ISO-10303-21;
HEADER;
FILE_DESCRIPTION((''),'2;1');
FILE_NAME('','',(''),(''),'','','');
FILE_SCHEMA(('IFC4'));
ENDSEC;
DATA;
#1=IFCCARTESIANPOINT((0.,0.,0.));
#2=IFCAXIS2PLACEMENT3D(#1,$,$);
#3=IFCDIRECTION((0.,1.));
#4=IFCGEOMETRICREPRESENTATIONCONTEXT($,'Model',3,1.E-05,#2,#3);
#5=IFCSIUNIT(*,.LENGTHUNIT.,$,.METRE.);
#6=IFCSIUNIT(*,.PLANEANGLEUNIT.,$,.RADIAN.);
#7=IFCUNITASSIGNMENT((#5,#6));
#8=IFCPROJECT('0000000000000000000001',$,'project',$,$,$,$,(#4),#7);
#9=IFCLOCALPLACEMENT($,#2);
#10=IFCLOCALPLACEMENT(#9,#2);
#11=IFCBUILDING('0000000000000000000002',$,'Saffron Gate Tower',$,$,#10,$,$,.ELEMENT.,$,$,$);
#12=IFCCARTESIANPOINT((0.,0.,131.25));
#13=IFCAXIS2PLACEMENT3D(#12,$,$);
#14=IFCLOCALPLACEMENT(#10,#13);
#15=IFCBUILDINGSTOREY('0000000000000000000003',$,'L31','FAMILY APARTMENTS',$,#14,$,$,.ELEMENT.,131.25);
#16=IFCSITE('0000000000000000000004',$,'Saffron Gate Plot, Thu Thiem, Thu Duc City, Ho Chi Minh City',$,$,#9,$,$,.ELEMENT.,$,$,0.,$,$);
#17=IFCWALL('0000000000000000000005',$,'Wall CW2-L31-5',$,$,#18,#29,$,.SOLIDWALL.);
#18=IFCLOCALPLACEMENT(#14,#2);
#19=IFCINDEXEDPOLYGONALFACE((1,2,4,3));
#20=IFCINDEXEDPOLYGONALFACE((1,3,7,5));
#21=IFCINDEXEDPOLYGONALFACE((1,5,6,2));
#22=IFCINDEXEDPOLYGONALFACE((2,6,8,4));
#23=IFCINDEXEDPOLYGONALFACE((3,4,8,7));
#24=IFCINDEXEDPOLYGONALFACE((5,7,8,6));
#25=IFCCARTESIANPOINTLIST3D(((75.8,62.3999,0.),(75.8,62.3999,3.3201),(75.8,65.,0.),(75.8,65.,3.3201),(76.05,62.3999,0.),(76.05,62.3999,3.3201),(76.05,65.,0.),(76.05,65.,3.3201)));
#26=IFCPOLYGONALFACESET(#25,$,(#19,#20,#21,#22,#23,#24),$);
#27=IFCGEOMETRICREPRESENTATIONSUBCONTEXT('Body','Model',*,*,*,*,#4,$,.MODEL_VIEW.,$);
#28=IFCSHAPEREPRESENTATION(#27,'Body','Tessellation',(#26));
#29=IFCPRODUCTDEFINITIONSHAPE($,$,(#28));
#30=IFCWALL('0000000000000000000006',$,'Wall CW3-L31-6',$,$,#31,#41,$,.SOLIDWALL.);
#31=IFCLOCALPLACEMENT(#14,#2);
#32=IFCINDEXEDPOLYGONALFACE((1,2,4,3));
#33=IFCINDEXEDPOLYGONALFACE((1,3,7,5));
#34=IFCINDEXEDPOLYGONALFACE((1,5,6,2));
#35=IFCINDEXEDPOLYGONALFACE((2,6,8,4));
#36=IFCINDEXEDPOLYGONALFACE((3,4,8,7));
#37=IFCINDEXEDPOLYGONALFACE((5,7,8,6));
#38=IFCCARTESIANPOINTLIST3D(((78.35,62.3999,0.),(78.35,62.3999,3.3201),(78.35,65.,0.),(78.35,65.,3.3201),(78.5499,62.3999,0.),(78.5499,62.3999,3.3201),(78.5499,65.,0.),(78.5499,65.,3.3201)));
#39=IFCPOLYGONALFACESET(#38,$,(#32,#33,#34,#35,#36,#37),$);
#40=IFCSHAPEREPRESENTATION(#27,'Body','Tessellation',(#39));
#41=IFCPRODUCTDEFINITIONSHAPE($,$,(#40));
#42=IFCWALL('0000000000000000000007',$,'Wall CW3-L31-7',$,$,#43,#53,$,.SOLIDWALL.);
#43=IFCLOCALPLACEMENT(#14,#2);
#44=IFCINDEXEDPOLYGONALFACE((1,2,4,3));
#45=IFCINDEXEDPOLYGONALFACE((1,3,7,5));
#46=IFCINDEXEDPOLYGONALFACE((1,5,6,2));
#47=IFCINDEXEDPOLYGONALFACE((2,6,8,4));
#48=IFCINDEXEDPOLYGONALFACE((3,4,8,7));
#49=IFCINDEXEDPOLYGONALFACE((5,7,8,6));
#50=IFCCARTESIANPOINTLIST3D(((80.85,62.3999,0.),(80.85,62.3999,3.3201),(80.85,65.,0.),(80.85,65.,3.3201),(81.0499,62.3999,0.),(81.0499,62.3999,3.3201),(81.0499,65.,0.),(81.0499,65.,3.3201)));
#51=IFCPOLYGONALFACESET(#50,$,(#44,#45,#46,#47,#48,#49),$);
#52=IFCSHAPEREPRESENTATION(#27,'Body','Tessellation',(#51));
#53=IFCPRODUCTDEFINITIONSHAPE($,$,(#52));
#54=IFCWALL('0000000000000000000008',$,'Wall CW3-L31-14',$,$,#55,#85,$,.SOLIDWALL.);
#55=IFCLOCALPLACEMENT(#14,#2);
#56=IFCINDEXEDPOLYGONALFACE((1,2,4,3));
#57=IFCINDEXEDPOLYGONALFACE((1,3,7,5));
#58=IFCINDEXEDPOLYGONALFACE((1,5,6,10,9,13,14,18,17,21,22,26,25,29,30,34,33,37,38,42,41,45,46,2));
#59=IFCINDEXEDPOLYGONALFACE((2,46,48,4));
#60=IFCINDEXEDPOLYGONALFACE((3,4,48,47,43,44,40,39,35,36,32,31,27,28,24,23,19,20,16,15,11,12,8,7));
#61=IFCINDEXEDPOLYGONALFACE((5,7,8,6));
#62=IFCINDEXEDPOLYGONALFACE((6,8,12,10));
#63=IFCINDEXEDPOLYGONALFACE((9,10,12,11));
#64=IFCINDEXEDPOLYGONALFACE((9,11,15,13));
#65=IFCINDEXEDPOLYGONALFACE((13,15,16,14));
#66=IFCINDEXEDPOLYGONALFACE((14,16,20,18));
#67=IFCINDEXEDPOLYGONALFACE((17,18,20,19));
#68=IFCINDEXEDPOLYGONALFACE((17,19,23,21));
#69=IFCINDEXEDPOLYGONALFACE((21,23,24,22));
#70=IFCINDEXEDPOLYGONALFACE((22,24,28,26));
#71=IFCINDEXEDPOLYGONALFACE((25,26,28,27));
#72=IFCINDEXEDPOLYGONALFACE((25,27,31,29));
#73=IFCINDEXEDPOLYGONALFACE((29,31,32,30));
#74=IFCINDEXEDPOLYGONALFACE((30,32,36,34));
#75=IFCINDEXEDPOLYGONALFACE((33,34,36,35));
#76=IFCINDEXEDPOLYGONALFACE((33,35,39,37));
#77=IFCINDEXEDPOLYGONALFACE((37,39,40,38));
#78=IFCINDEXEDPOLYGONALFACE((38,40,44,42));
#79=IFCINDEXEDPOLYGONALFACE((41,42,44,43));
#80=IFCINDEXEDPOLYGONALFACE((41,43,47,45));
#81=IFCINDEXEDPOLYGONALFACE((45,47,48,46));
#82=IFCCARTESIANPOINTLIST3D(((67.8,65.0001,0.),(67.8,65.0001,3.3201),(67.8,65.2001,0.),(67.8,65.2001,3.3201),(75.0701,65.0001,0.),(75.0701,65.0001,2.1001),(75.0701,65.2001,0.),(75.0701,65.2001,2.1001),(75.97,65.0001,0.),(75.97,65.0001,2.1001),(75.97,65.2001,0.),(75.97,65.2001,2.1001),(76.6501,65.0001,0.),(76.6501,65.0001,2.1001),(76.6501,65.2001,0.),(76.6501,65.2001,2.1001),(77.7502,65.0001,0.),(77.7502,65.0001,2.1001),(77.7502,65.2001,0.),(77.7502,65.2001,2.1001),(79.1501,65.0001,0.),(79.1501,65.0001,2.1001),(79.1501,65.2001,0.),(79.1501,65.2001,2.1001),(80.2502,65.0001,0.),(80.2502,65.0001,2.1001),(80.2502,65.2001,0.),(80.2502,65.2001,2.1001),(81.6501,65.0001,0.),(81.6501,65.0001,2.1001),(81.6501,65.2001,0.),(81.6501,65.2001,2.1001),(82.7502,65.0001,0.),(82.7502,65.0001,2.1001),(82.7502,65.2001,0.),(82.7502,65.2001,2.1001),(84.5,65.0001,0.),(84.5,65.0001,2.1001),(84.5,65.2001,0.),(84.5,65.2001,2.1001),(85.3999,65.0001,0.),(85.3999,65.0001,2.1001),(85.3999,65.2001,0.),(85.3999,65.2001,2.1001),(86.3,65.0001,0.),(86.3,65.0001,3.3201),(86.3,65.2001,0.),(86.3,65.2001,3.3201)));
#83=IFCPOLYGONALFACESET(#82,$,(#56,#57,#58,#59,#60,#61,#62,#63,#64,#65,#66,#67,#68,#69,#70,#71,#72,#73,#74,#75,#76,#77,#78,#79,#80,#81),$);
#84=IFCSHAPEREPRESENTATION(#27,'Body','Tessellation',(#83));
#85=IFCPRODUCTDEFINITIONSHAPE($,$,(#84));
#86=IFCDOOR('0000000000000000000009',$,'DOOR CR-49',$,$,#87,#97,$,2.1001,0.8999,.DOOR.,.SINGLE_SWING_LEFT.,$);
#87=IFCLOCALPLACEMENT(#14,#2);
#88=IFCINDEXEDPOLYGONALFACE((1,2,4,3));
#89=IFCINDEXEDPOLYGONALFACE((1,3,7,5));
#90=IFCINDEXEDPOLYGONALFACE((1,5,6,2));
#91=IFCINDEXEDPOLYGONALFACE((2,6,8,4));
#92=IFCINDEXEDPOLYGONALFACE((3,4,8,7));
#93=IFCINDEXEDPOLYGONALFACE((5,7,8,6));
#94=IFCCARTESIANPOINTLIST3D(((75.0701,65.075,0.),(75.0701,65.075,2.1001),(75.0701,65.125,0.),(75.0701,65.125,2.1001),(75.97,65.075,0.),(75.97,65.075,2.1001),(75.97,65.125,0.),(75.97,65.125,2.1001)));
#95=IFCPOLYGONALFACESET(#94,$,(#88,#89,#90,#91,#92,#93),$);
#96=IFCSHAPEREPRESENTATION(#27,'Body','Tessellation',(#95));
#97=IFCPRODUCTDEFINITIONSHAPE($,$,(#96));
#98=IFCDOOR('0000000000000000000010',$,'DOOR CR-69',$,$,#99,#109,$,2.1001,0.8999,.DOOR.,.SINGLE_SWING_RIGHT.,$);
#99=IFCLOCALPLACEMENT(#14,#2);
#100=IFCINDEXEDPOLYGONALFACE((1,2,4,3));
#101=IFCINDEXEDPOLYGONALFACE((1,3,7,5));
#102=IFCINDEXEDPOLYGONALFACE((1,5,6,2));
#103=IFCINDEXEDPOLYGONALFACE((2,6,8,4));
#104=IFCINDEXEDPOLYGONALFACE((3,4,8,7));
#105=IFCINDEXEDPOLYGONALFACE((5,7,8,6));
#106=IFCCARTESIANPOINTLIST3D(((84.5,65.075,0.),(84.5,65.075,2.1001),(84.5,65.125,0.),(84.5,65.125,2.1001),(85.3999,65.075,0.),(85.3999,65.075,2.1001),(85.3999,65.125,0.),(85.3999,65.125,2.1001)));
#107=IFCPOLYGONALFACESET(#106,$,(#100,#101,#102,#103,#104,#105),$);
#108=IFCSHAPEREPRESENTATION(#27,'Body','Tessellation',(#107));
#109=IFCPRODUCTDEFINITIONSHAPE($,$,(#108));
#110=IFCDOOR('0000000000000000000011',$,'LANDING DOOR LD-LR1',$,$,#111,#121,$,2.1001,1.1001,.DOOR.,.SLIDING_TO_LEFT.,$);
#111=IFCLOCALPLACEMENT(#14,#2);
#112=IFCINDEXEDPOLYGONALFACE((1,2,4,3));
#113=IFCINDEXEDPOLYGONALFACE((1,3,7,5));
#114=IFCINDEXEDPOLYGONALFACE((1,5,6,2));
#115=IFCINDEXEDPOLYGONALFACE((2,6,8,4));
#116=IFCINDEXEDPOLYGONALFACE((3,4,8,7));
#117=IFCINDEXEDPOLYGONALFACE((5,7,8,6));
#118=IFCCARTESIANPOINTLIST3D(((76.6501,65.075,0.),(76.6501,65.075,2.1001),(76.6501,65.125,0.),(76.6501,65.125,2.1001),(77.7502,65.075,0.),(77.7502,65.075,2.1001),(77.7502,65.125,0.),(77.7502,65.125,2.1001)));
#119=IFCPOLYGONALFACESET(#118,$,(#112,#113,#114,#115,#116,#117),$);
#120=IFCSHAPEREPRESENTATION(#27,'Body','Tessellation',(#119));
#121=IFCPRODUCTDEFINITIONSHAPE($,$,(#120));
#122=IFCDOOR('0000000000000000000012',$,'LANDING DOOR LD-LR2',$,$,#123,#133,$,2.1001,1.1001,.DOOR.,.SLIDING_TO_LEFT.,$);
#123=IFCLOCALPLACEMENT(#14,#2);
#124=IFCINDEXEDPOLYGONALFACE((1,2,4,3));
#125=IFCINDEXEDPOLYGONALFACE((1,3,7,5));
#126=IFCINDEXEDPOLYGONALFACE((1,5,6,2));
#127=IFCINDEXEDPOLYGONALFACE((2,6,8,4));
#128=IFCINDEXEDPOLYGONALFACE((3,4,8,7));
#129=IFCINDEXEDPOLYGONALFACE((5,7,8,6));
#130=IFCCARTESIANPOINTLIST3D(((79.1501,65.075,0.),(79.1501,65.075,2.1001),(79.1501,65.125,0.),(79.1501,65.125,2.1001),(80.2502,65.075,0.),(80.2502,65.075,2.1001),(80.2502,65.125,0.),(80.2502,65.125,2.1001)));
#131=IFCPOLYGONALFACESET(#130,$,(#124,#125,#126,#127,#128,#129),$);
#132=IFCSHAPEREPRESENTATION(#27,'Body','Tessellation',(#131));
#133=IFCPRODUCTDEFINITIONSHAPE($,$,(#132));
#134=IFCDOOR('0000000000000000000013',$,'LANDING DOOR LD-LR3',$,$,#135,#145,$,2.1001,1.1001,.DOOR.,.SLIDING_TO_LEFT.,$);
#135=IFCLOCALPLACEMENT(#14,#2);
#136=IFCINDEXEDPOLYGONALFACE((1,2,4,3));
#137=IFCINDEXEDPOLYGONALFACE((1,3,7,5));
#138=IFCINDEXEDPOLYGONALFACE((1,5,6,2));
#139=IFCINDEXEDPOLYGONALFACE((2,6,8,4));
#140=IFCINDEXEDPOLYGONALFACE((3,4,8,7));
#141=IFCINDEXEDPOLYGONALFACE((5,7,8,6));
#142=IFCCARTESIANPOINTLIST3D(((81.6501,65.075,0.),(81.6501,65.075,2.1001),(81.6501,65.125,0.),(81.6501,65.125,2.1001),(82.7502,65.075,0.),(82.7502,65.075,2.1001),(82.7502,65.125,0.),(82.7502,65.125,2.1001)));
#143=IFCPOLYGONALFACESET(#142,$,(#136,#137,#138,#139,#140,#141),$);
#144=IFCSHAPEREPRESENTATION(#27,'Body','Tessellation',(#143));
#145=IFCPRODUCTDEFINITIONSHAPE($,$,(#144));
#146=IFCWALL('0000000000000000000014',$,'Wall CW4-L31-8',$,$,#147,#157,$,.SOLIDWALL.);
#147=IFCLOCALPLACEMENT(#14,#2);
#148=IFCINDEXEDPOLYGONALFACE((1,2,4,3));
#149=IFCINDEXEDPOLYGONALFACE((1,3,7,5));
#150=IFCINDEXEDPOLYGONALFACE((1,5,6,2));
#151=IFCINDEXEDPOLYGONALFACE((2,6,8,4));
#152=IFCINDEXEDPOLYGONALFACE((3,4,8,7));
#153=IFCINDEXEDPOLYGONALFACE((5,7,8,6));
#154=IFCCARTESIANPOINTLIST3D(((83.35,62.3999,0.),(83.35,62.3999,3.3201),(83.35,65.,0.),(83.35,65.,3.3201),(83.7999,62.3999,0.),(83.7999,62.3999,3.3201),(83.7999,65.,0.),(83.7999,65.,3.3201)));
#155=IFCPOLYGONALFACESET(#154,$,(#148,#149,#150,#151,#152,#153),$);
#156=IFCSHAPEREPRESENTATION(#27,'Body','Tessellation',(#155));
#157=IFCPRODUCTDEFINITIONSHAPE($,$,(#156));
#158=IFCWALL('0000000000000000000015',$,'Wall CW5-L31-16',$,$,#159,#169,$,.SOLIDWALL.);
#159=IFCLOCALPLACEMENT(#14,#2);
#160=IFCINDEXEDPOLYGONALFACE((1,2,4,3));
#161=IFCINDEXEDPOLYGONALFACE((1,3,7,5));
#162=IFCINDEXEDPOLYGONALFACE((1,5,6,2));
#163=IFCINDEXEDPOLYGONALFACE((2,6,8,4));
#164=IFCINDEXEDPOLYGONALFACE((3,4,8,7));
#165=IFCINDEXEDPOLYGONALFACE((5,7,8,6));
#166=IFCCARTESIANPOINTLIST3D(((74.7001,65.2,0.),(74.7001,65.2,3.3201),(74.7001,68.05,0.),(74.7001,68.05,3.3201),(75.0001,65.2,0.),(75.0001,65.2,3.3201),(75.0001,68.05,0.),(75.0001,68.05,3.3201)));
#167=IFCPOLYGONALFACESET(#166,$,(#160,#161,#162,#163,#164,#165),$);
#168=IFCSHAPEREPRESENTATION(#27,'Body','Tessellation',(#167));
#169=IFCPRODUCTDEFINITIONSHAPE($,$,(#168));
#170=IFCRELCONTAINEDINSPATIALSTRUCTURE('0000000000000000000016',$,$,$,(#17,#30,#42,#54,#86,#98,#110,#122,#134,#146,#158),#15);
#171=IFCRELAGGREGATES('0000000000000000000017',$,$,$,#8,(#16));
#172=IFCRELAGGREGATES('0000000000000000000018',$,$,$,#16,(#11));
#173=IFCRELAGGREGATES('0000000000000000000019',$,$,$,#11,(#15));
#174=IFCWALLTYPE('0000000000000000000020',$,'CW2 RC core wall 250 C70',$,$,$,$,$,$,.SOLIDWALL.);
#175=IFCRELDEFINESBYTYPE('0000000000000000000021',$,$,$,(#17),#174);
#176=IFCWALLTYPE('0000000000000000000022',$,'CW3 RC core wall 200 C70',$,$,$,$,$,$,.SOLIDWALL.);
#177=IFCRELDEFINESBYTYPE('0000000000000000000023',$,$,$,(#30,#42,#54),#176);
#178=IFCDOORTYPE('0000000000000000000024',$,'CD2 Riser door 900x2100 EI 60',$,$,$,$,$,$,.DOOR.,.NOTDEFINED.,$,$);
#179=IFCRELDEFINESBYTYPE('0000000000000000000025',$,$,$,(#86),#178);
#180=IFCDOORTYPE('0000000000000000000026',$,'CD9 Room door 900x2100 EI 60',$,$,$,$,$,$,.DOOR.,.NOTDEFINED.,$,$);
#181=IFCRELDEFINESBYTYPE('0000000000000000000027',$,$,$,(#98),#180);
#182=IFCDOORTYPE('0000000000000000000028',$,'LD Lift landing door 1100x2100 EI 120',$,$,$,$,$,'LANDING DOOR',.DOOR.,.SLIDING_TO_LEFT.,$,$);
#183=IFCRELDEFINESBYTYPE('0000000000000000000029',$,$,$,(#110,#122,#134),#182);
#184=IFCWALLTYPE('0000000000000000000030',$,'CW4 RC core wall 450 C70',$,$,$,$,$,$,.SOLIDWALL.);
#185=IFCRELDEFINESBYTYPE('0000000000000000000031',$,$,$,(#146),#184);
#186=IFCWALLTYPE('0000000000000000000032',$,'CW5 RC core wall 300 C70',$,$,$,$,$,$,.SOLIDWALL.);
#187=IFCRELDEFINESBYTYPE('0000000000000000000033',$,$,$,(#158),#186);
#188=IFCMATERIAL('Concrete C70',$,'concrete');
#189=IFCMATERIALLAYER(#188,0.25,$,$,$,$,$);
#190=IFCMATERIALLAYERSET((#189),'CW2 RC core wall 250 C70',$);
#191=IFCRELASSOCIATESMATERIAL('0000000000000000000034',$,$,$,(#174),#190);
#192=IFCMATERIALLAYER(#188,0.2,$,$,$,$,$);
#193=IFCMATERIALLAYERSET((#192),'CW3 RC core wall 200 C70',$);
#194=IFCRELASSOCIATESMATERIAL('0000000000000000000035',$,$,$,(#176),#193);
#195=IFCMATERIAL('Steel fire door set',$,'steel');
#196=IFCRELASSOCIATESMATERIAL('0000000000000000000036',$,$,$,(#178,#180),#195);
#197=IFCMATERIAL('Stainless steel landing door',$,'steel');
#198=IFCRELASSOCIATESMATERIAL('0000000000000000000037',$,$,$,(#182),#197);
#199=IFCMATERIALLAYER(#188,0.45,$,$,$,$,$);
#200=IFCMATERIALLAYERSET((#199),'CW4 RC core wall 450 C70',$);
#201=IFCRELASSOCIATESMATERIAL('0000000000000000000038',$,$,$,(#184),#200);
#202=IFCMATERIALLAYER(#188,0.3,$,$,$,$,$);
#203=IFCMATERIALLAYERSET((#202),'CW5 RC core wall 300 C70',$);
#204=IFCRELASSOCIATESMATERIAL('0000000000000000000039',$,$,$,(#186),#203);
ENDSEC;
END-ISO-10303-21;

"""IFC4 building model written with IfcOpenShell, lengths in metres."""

from ifc_helpers import new_model, si_unit, direction, frame, frame_2d, origin, place, context, subcontext, project, spatial, rectangle, extrude, material, layer, layer_set, type_object, element, fill, save


model = new_model("IFC4")

# Units and contexts
model_context = context("Model", 3, precision=1e-05, world=origin(), true_north=direction((0.0, 1.0)))
body_context = subcontext(model_context, "Body", "Model", "MODEL_VIEW")
ifc_project = project(units=[si_unit("LENGTHUNIT", "METRE"), si_unit("PLANEANGLEUNIT", "RADIAN")], contexts=[model_context])

# Site, building, storey
site_placement = place(None, origin())
site = spatial("IfcSite", under=ifc_project, at=site_placement, Name="Saffron Gate Plot, Thu Thiem, Thu Duc City, Ho Chi Minh City", CompositionType="ELEMENT", RefElevation=0.0)
building_placement = place(site_placement, origin())
building = spatial("IfcBuilding", under=site, at=building_placement, Name="Saffron Gate Tower", CompositionType="ELEMENT")
storey_placement = place(building_placement, frame((0.0, 0.0, 131.25)))
storey = spatial("IfcBuildingStorey", under=building, at=storey_placement, Name="L31", Description="FAMILY APARTMENTS", CompositionType="ELEMENT", Elevation=131.25)

# Walls
ifc_material_1 = material(Name="Concrete C70", Category="concrete")
ifc_layer_1 = layer(ifc_material_1, 0.25)
ifc_layer_set_1 = layer_set([ifc_layer_1], Name="CW2 RC core wall 250 C70")
wall_type_1 = type_object("IfcWallType", Name="CW2 RC core wall 250 C70", PredefinedType="SOLIDWALL", material=ifc_layer_set_1)
wall_1_placement = place(storey_placement, frame((75.925, 62.3999, 0.0), z_axis=(0.0, 0.0, 1.0), x_axis=(0.0, 1.0, 0.0)))
element("IfcWall", 1, at=wall_1_placement, inside=storey, type_object=wall_type_1, Name="Wall CW2-L31-5", PredefinedType="SOLIDWALL", context=body_context, shape_type="SweptSolid", body=[
    extrude(rectangle(XDim=2.6001, YDim=0.25, at=frame_2d((1.3, 0.0))), origin(), (0.0, 0.0, 1.0), 3.3201),
])
ifc_layer_2 = layer(ifc_material_1, 0.2)
ifc_layer_set_2 = layer_set([ifc_layer_2], Name="CW3 RC core wall 200 C70")
wall_type_2 = type_object("IfcWallType", Name="CW3 RC core wall 200 C70", PredefinedType="SOLIDWALL", material=ifc_layer_set_2)
for number, where, z_axis, x_axis, name in (
    (2, (78.45, 62.3999, 0.0), (0.0, 0.0, 1.0), (0.0, 1.0, 0.0), "Wall CW3-L31-6"),
    (3, (80.95, 62.3999, 0.0), (0.0, 0.0, 1.0), (0.0, 1.0, 0.0), "Wall CW3-L31-7"),
):
    element("IfcWall", number, at=place(storey_placement, frame(where, z_axis=z_axis, x_axis=x_axis)), inside=storey, type_object=wall_type_2, Name=name, PredefinedType="SOLIDWALL", context=body_context, shape_type="SweptSolid", body=[
        extrude(rectangle(XDim=2.6001, YDim=0.2, at=frame_2d((1.3, 0.0))), origin(), (0.0, 0.0, 1.0), 3.3201),
    ])

# Wall, openings, doors
wall_2_placement = place(storey_placement, frame((67.8, 65.1001, 0.0), z_axis=(0.0, 0.0, 1.0), x_axis=(1.0, 0.0, 0.0)))
wall_2 = element("IfcWall", 4, at=wall_2_placement, inside=storey, type_object=wall_type_2, Name="Wall CW3-L31-14", PredefinedType="SOLIDWALL", context=body_context, shape_type="SweptSolid", body=[
    extrude(rectangle(XDim=18.5, YDim=0.2, at=frame_2d((9.25, 0.0))), origin(), (0.0, 0.0, 1.0), 3.3201),
])
opening_1_placement = place(wall_2_placement, frame((7.27, 0.0, 0.0)))
opening_1 = element("IfcOpeningElement", 5, at=opening_1_placement, cuts=wall_2, PredefinedType="OPENING", context=body_context, shape_type="SweptSolid", body=[
    extrude(rectangle(XDim=0.8999, YDim=2.1001, at=frame_2d((0.45, 1.05))), frame((0.0, 0.1099, 0.0), z_axis=(0.0, -1.0, 0.0), x_axis=(1.0, 0.0, 0.0)), (0.0, 0.0, 1.0), 0.22),
])
opening_2_placement = place(wall_2_placement, frame((8.8501, 0.0, 0.0)))
opening_2 = element("IfcOpeningElement", 6, at=opening_2_placement, cuts=wall_2, PredefinedType="OPENING", context=body_context, shape_type="SweptSolid", body=[
    extrude(rectangle(XDim=1.1001, YDim=2.1001, at=frame_2d((0.55, 1.05))), frame((0.0, 0.1099, 0.0), z_axis=(0.0, -1.0, 0.0), x_axis=(1.0, 0.0, 0.0)), (0.0, 0.0, 1.0), 0.22),
])
opening_3_placement = place(wall_2_placement, frame((11.3501, 0.0, 0.0)))
opening_3 = element("IfcOpeningElement", 7, at=opening_3_placement, cuts=wall_2, PredefinedType="OPENING", context=body_context, shape_type="SweptSolid", body=[
    extrude(rectangle(XDim=1.1001, YDim=2.1001, at=frame_2d((0.55, 1.05))), frame((0.0, 0.1099, 0.0), z_axis=(0.0, -1.0, 0.0), x_axis=(1.0, 0.0, 0.0)), (0.0, 0.0, 1.0), 0.22),
])
opening_4_placement = place(wall_2_placement, frame((13.8501, 0.0, 0.0)))
opening_4 = element("IfcOpeningElement", 8, at=opening_4_placement, cuts=wall_2, PredefinedType="OPENING", context=body_context, shape_type="SweptSolid", body=[
    extrude(rectangle(XDim=1.1001, YDim=2.1001, at=frame_2d((0.55, 1.05))), frame((0.0, 0.1099, 0.0), z_axis=(0.0, -1.0, 0.0), x_axis=(1.0, 0.0, 0.0)), (0.0, 0.0, 1.0), 0.22),
])
opening_5_placement = place(wall_2_placement, frame((16.7, 0.0, 0.0)))
opening_5 = element("IfcOpeningElement", 9, at=opening_5_placement, cuts=wall_2, PredefinedType="OPENING", context=body_context, shape_type="SweptSolid", body=[
    extrude(rectangle(XDim=0.8999, YDim=2.1001, at=frame_2d((0.45, 1.05))), frame((0.0, 0.1099, 0.0), z_axis=(0.0, -1.0, 0.0), x_axis=(1.0, 0.0, 0.0)), (0.0, 0.0, 1.0), 0.22),
])
ifc_material_2 = material(Name="Steel fire door set", Category="steel")
door_type_1 = type_object("IfcDoorType", Name="CD2 Riser door 900x2100 EI 60", OperationType="NOTDEFINED", PredefinedType="DOOR", material=ifc_material_2)
door_1_placement = place(opening_1_placement, origin())
door_1 = element("IfcDoor", 10, at=door_1_placement, inside=storey, type_object=door_type_1, Name="DOOR CR-49", OperationType="SINGLE_SWING_LEFT", OverallHeight=2.1001, OverallWidth=0.8999, PredefinedType="DOOR", context=body_context, shape_type="SweptSolid", body=[
    extrude(rectangle(XDim=0.8999, YDim=2.1001, at=frame_2d((0.45, 1.05))), frame((0.0, 0.0249, 0.0), z_axis=(0.0, -1.0, 0.0), x_axis=(1.0, 0.0, 0.0)), (0.0, 0.0, 1.0), 0.05),
])
fill(opening_1, door_1)
door_type_2 = type_object("IfcDoorType", Name="CD9 Room door 900x2100 EI 60", OperationType="NOTDEFINED", PredefinedType="DOOR", material=ifc_material_2)
door_2_placement = place(opening_5_placement, origin())
door_2 = element("IfcDoor", 11, at=door_2_placement, inside=storey, type_object=door_type_2, Name="DOOR CR-69", OperationType="SINGLE_SWING_RIGHT", OverallHeight=2.1001, OverallWidth=0.8999, PredefinedType="DOOR", context=body_context, shape_type="SweptSolid", body=[
    extrude(rectangle(XDim=0.8999, YDim=2.1001, at=frame_2d((0.45, 1.05))), frame((0.0, 0.0249, 0.0), z_axis=(0.0, -1.0, 0.0), x_axis=(1.0, 0.0, 0.0)), (0.0, 0.0, 1.0), 0.05),
])
fill(opening_5, door_2)
ifc_material_3 = material(Name="Stainless steel landing door", Category="steel")
door_type_3 = type_object("IfcDoorType", Name="LD Lift landing door 1100x2100 EI 120", ElementType="LANDING DOOR", OperationType="SLIDING_TO_LEFT", PredefinedType="DOOR", material=ifc_material_3)
door_3_placement = place(opening_2_placement, origin())
door_3 = element("IfcDoor", 12, at=door_3_placement, inside=storey, type_object=door_type_3, Name="LANDING DOOR LD-LR1", OperationType="SLIDING_TO_LEFT", OverallHeight=2.1001, OverallWidth=1.1001, PredefinedType="DOOR", context=body_context, shape_type="SweptSolid", body=[
    extrude(rectangle(XDim=1.1001, YDim=2.1001, at=frame_2d((0.55, 1.05))), frame((0.0, 0.0249, 0.0), z_axis=(0.0, -1.0, 0.0), x_axis=(1.0, 0.0, 0.0)), (0.0, 0.0, 1.0), 0.05),
])
fill(opening_2, door_3)
door_4_placement = place(opening_3_placement, origin())
door_4 = element("IfcDoor", 13, at=door_4_placement, inside=storey, type_object=door_type_3, Name="LANDING DOOR LD-LR2", OperationType="SLIDING_TO_LEFT", OverallHeight=2.1001, OverallWidth=1.1001, PredefinedType="DOOR", context=body_context, shape_type="SweptSolid", body=[
    extrude(rectangle(XDim=1.1001, YDim=2.1001, at=frame_2d((0.55, 1.05))), frame((0.0, 0.0249, 0.0), z_axis=(0.0, -1.0, 0.0), x_axis=(1.0, 0.0, 0.0)), (0.0, 0.0, 1.0), 0.05),
])
fill(opening_3, door_4)
door_5_placement = place(opening_4_placement, origin())
door_5 = element("IfcDoor", 14, at=door_5_placement, inside=storey, type_object=door_type_3, Name="LANDING DOOR LD-LR3", OperationType="SLIDING_TO_LEFT", OverallHeight=2.1001, OverallWidth=1.1001, PredefinedType="DOOR", context=body_context, shape_type="SweptSolid", body=[
    extrude(rectangle(XDim=1.1001, YDim=2.1001, at=frame_2d((0.55, 1.05))), frame((0.0, 0.0249, 0.0), z_axis=(0.0, -1.0, 0.0), x_axis=(1.0, 0.0, 0.0)), (0.0, 0.0, 1.0), 0.05),
])
fill(opening_4, door_5)

# Walls
ifc_layer_3 = layer(ifc_material_1, 0.45)
ifc_layer_set_3 = layer_set([ifc_layer_3], Name="CW4 RC core wall 450 C70")
wall_type_3 = type_object("IfcWallType", Name="CW4 RC core wall 450 C70", PredefinedType="SOLIDWALL", material=ifc_layer_set_3)
wall_3_placement = place(storey_placement, frame((83.575, 62.3999, 0.0), z_axis=(0.0, 0.0, 1.0), x_axis=(0.0, 1.0, 0.0)))
element("IfcWall", 15, at=wall_3_placement, inside=storey, type_object=wall_type_3, Name="Wall CW4-L31-8", PredefinedType="SOLIDWALL", context=body_context, shape_type="SweptSolid", body=[
    extrude(rectangle(XDim=2.6001, YDim=0.45, at=frame_2d((1.3, 0.0))), origin(), (0.0, 0.0, 1.0), 3.3201),
])
ifc_layer_4 = layer(ifc_material_1, 0.3)
ifc_layer_set_4 = layer_set([ifc_layer_4], Name="CW5 RC core wall 300 C70")
wall_type_4 = type_object("IfcWallType", Name="CW5 RC core wall 300 C70", PredefinedType="SOLIDWALL", material=ifc_layer_set_4)
wall_4_placement = place(storey_placement, frame((74.8501, 65.2, 0.0), z_axis=(0.0, 0.0, 1.0), x_axis=(0.0, 1.0, 0.0)))
element("IfcWall", 16, at=wall_4_placement, inside=storey, type_object=wall_type_4, Name="Wall CW5-L31-16", PredefinedType="SOLIDWALL", context=body_context, shape_type="SweptSolid", body=[
    extrude(rectangle(XDim=2.8501, YDim=0.3, at=frame_2d((1.425, 0.0))), origin(), (0.0, 0.0, 1.0), 3.3201),
])

save(model, "model.ifc")
